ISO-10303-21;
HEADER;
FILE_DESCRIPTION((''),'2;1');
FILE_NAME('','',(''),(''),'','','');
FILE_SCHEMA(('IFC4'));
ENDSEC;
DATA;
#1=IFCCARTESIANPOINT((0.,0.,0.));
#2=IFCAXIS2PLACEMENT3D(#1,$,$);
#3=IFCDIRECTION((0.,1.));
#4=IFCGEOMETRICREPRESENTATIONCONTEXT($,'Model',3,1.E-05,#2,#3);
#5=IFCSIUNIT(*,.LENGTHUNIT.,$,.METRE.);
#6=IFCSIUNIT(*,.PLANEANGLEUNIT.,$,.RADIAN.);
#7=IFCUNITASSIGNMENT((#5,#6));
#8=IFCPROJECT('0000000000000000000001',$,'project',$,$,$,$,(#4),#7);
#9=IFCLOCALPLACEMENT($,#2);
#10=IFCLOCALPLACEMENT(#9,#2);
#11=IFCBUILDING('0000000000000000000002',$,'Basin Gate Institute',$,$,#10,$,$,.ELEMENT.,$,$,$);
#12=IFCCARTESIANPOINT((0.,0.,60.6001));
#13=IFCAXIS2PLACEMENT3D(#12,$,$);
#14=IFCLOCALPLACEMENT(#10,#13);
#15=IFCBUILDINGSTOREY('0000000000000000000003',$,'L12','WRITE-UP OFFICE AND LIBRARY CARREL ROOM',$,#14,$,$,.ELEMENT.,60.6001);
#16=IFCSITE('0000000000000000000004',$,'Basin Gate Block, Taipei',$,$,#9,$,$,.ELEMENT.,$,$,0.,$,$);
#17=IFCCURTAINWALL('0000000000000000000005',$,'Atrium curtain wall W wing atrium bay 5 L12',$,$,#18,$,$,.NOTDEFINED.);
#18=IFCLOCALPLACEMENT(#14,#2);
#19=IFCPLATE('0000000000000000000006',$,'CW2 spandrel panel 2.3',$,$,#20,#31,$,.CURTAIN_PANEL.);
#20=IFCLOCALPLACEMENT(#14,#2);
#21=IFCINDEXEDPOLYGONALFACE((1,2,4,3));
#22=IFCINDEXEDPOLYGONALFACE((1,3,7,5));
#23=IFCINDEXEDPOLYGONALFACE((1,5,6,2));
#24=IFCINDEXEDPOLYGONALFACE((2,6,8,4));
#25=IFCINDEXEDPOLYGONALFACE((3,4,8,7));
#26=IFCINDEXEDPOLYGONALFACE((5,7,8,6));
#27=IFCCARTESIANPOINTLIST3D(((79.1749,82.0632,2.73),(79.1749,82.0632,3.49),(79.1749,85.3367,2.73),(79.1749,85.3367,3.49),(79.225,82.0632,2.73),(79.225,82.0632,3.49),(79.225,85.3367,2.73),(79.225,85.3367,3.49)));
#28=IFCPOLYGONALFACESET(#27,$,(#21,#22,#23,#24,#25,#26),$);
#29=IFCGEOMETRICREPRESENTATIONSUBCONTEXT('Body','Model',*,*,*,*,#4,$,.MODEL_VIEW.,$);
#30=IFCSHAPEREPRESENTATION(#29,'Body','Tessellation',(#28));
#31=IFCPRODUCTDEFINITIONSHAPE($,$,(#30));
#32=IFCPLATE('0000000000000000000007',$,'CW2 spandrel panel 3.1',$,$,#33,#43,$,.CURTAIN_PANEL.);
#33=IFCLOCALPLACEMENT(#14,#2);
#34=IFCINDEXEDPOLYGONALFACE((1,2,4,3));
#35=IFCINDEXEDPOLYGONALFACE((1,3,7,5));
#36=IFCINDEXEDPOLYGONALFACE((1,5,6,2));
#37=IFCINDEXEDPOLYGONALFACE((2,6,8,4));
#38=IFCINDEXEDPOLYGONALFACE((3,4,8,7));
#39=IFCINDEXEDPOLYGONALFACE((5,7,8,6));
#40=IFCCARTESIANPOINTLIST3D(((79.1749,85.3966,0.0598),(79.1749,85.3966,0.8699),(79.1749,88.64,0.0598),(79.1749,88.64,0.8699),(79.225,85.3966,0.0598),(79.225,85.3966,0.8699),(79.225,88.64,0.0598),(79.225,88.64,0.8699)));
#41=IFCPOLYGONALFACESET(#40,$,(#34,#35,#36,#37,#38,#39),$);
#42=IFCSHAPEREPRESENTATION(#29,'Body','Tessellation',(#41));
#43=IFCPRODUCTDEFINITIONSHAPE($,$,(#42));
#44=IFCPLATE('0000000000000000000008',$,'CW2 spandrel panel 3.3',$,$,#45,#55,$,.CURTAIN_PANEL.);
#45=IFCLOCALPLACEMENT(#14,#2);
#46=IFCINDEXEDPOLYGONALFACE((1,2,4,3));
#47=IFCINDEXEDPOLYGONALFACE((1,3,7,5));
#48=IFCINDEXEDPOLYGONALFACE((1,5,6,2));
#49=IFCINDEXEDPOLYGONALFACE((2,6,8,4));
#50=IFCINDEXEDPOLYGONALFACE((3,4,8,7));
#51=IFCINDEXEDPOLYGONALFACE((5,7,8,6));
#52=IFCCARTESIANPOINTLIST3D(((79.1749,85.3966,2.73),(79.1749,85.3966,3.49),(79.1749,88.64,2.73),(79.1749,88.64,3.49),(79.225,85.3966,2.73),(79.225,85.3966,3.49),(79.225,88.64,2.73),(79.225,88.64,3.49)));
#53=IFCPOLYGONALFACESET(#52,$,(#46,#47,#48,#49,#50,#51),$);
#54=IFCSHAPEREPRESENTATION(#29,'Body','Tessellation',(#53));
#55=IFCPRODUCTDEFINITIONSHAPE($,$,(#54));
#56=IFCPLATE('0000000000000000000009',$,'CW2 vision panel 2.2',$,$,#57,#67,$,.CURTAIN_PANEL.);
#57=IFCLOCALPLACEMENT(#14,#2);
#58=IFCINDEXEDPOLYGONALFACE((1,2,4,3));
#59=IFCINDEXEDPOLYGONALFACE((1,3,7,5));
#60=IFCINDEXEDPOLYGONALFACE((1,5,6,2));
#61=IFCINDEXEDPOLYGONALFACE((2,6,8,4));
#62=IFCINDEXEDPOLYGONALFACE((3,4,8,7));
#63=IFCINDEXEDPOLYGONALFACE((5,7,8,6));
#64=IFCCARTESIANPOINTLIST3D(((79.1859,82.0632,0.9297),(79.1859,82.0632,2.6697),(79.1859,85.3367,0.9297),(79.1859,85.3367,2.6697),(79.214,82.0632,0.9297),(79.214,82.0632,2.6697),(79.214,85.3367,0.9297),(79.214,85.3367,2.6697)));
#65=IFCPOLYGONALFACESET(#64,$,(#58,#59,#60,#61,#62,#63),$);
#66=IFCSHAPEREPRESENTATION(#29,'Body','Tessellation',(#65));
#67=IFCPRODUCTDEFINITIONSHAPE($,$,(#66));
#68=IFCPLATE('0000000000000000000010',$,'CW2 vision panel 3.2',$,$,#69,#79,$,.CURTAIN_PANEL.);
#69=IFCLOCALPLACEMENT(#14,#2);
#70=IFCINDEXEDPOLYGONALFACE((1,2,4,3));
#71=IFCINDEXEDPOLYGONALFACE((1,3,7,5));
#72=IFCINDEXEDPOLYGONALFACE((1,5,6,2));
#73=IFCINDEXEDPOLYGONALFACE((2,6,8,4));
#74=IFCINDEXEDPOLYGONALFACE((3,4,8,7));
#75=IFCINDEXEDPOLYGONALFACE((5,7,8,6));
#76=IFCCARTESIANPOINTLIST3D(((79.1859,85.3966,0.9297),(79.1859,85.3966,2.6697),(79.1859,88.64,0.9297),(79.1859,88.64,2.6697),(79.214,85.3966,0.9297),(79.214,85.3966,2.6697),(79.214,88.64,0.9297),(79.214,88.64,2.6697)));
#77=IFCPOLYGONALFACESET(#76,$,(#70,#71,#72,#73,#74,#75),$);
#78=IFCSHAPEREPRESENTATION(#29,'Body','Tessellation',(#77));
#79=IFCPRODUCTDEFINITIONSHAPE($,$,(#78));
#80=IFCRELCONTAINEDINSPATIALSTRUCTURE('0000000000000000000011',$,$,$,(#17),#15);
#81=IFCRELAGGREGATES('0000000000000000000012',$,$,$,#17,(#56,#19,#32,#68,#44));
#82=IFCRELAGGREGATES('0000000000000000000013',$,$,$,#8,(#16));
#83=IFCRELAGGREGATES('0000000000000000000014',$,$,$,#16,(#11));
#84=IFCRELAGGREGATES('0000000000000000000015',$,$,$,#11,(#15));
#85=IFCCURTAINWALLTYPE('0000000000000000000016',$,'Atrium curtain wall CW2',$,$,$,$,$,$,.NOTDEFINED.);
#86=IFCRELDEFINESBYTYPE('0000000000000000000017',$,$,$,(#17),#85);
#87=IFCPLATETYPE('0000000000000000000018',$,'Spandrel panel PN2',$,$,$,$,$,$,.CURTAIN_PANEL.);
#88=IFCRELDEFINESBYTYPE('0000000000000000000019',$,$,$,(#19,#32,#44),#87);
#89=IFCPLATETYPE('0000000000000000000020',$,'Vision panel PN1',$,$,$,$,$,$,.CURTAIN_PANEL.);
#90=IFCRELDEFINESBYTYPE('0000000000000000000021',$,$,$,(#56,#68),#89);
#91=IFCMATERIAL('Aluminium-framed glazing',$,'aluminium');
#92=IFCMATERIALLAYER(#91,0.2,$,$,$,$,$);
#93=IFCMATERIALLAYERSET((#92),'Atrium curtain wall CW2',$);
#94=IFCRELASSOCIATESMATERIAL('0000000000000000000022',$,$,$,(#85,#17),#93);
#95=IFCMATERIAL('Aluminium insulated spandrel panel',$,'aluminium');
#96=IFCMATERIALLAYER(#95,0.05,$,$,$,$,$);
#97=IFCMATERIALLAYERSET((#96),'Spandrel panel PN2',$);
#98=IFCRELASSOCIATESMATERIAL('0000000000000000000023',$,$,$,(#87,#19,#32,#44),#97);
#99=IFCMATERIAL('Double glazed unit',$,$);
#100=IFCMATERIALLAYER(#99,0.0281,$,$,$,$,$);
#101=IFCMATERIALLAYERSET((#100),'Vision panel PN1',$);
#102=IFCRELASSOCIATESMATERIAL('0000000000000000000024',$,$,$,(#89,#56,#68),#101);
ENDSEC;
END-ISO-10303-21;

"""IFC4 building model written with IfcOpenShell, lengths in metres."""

from ifc_helpers import new_model, si_unit, direction, frame, origin, origin_2d, place, context, subcontext, project, spatial, rectangle, extrude, material, layer, layer_set, type_object, element, aggregate, save


model = new_model("IFC4")

# Units and contexts
model_context = context("Model", 3, precision=1e-05, world=origin(), true_north=direction((0.0, 1.0)))
body_context = subcontext(model_context, "Body", "Model", "MODEL_VIEW")
ifc_project = project(units=[si_unit("LENGTHUNIT", "METRE"), si_unit("PLANEANGLEUNIT", "RADIAN")], contexts=[model_context])

# Site, building, storey
site_placement = place(None, origin())
site = spatial("IfcSite", under=ifc_project, at=site_placement, Name="Basin Gate Block, Taipei", CompositionType="ELEMENT", RefElevation=0.0)
building_placement = place(site_placement, origin())
building = spatial("IfcBuilding", under=site, at=building_placement, Name="Basin Gate Institute", CompositionType="ELEMENT")
storey_placement = place(building_placement, frame((0.0, 0.0, 60.6001)))
storey = spatial("IfcBuildingStorey", under=building, at=storey_placement, Name="L12", Description="WRITE-UP OFFICE AND LIBRARY CARREL ROOM", CompositionType="ELEMENT", Elevation=60.6001)

# Curtain wall
ifc_material_1 = material(Name="Aluminium-framed glazing", Category="aluminium")
ifc_layer_1 = layer(ifc_material_1, 0.2)
ifc_layer_set_1 = layer_set([ifc_layer_1], Name="Atrium curtain wall CW2")
curtain_wall_type = type_object("IfcCurtainWallType", Name="Atrium curtain wall CW2", PredefinedType="NOTDEFINED", material=ifc_layer_set_1)
curtain_wall_1_placement = place(storey_placement, origin())
curtain_wall_1 = element("IfcCurtainWall", 1, at=curtain_wall_1_placement, inside=storey, type_object=curtain_wall_type, material=ifc_layer_set_1, Name="Atrium curtain wall W wing atrium bay 5 L12", PredefinedType="NOTDEFINED")

# Plates
ifc_material_2 = material(Name="Aluminium insulated spandrel panel", Category="aluminium")
ifc_layer_2 = layer(ifc_material_2, 0.05)
ifc_layer_set_2 = layer_set([ifc_layer_2], Name="Spandrel panel PN2")
plate_type_1 = type_object("IfcPlateType", Name="Spandrel panel PN2", PredefinedType="CURTAIN_PANEL", material=ifc_layer_set_2)
plate_1_placement = place(storey_placement, frame((79.2, 83.7, 2.73), z_axis=(0.0, 0.0, 1.0), x_axis=(0.0, 1.0, 0.0)))
plate_1 = element("IfcPlate", 2, at=plate_1_placement, type_object=plate_type_1, material=ifc_layer_set_2, Name="CW2 spandrel panel 2.3", PredefinedType="CURTAIN_PANEL", context=body_context, shape_type="SweptSolid", body=[
    extrude(rectangle(XDim=3.2734, YDim=0.05, at=origin_2d()), origin(), (0.0, 0.0, 1.0), 0.76),
])
plate_2_placement = place(storey_placement, frame((79.2, 87.0183, 0.0598), z_axis=(0.0, 0.0, 1.0), x_axis=(0.0, 1.0, 0.0)))
plate_2 = element("IfcPlate", 3, at=plate_2_placement, type_object=plate_type_1, material=ifc_layer_set_2, Name="CW2 spandrel panel 3.1", PredefinedType="CURTAIN_PANEL", context=body_context, shape_type="SweptSolid", body=[
    extrude(rectangle(XDim=3.2434, YDim=0.05, at=origin_2d()), origin(), (0.0, 0.0, 1.0), 0.8101),
])
plate_3_placement = place(storey_placement, frame((79.2, 87.0183, 2.73), z_axis=(0.0, 0.0, 1.0), x_axis=(0.0, 1.0, 0.0)))
plate_3 = element("IfcPlate", 4, at=plate_3_placement, type_object=plate_type_1, material=ifc_layer_set_2, Name="CW2 spandrel panel 3.3", PredefinedType="CURTAIN_PANEL", context=body_context, shape_type="SweptSolid", body=[
    extrude(rectangle(XDim=3.2434, YDim=0.05, at=origin_2d()), origin(), (0.0, 0.0, 1.0), 0.76),
])
ifc_material_3 = material(Name="Double glazed unit")
ifc_layer_3 = layer(ifc_material_3, 0.0281)
ifc_layer_set_3 = layer_set([ifc_layer_3], Name="Vision panel PN1")
plate_type_2 = type_object("IfcPlateType", Name="Vision panel PN1", PredefinedType="CURTAIN_PANEL", material=ifc_layer_set_3)
plate_4_placement = place(storey_placement, frame((79.2, 83.7, 0.9297), z_axis=(0.0, 0.0, 1.0), x_axis=(0.0, 1.0, 0.0)))
plate_4 = element("IfcPlate", 5, at=plate_4_placement, type_object=plate_type_2, material=ifc_layer_set_3, Name="CW2 vision panel 2.2", PredefinedType="CURTAIN_PANEL", context=body_context, shape_type="SweptSolid", body=[
    extrude(rectangle(XDim=3.2734, YDim=0.0281, at=origin_2d()), origin(), (0.0, 0.0, 1.0), 1.74),
])
plate_5_placement = place(storey_placement, frame((79.2, 87.0183, 0.9297), z_axis=(0.0, 0.0, 1.0), x_axis=(0.0, 1.0, 0.0)))
plate_5 = element("IfcPlate", 6, at=plate_5_placement, type_object=plate_type_2, material=ifc_layer_set_3, Name="CW2 vision panel 3.2", PredefinedType="CURTAIN_PANEL", context=body_context, shape_type="SweptSolid", body=[
    extrude(rectangle(XDim=3.2434, YDim=0.0281, at=origin_2d()), origin(), (0.0, 0.0, 1.0), 1.74),
])
aggregate(curtain_wall_1, [plate_4, plate_1, plate_2, plate_5, plate_3])

save(model, "model.ifc")
